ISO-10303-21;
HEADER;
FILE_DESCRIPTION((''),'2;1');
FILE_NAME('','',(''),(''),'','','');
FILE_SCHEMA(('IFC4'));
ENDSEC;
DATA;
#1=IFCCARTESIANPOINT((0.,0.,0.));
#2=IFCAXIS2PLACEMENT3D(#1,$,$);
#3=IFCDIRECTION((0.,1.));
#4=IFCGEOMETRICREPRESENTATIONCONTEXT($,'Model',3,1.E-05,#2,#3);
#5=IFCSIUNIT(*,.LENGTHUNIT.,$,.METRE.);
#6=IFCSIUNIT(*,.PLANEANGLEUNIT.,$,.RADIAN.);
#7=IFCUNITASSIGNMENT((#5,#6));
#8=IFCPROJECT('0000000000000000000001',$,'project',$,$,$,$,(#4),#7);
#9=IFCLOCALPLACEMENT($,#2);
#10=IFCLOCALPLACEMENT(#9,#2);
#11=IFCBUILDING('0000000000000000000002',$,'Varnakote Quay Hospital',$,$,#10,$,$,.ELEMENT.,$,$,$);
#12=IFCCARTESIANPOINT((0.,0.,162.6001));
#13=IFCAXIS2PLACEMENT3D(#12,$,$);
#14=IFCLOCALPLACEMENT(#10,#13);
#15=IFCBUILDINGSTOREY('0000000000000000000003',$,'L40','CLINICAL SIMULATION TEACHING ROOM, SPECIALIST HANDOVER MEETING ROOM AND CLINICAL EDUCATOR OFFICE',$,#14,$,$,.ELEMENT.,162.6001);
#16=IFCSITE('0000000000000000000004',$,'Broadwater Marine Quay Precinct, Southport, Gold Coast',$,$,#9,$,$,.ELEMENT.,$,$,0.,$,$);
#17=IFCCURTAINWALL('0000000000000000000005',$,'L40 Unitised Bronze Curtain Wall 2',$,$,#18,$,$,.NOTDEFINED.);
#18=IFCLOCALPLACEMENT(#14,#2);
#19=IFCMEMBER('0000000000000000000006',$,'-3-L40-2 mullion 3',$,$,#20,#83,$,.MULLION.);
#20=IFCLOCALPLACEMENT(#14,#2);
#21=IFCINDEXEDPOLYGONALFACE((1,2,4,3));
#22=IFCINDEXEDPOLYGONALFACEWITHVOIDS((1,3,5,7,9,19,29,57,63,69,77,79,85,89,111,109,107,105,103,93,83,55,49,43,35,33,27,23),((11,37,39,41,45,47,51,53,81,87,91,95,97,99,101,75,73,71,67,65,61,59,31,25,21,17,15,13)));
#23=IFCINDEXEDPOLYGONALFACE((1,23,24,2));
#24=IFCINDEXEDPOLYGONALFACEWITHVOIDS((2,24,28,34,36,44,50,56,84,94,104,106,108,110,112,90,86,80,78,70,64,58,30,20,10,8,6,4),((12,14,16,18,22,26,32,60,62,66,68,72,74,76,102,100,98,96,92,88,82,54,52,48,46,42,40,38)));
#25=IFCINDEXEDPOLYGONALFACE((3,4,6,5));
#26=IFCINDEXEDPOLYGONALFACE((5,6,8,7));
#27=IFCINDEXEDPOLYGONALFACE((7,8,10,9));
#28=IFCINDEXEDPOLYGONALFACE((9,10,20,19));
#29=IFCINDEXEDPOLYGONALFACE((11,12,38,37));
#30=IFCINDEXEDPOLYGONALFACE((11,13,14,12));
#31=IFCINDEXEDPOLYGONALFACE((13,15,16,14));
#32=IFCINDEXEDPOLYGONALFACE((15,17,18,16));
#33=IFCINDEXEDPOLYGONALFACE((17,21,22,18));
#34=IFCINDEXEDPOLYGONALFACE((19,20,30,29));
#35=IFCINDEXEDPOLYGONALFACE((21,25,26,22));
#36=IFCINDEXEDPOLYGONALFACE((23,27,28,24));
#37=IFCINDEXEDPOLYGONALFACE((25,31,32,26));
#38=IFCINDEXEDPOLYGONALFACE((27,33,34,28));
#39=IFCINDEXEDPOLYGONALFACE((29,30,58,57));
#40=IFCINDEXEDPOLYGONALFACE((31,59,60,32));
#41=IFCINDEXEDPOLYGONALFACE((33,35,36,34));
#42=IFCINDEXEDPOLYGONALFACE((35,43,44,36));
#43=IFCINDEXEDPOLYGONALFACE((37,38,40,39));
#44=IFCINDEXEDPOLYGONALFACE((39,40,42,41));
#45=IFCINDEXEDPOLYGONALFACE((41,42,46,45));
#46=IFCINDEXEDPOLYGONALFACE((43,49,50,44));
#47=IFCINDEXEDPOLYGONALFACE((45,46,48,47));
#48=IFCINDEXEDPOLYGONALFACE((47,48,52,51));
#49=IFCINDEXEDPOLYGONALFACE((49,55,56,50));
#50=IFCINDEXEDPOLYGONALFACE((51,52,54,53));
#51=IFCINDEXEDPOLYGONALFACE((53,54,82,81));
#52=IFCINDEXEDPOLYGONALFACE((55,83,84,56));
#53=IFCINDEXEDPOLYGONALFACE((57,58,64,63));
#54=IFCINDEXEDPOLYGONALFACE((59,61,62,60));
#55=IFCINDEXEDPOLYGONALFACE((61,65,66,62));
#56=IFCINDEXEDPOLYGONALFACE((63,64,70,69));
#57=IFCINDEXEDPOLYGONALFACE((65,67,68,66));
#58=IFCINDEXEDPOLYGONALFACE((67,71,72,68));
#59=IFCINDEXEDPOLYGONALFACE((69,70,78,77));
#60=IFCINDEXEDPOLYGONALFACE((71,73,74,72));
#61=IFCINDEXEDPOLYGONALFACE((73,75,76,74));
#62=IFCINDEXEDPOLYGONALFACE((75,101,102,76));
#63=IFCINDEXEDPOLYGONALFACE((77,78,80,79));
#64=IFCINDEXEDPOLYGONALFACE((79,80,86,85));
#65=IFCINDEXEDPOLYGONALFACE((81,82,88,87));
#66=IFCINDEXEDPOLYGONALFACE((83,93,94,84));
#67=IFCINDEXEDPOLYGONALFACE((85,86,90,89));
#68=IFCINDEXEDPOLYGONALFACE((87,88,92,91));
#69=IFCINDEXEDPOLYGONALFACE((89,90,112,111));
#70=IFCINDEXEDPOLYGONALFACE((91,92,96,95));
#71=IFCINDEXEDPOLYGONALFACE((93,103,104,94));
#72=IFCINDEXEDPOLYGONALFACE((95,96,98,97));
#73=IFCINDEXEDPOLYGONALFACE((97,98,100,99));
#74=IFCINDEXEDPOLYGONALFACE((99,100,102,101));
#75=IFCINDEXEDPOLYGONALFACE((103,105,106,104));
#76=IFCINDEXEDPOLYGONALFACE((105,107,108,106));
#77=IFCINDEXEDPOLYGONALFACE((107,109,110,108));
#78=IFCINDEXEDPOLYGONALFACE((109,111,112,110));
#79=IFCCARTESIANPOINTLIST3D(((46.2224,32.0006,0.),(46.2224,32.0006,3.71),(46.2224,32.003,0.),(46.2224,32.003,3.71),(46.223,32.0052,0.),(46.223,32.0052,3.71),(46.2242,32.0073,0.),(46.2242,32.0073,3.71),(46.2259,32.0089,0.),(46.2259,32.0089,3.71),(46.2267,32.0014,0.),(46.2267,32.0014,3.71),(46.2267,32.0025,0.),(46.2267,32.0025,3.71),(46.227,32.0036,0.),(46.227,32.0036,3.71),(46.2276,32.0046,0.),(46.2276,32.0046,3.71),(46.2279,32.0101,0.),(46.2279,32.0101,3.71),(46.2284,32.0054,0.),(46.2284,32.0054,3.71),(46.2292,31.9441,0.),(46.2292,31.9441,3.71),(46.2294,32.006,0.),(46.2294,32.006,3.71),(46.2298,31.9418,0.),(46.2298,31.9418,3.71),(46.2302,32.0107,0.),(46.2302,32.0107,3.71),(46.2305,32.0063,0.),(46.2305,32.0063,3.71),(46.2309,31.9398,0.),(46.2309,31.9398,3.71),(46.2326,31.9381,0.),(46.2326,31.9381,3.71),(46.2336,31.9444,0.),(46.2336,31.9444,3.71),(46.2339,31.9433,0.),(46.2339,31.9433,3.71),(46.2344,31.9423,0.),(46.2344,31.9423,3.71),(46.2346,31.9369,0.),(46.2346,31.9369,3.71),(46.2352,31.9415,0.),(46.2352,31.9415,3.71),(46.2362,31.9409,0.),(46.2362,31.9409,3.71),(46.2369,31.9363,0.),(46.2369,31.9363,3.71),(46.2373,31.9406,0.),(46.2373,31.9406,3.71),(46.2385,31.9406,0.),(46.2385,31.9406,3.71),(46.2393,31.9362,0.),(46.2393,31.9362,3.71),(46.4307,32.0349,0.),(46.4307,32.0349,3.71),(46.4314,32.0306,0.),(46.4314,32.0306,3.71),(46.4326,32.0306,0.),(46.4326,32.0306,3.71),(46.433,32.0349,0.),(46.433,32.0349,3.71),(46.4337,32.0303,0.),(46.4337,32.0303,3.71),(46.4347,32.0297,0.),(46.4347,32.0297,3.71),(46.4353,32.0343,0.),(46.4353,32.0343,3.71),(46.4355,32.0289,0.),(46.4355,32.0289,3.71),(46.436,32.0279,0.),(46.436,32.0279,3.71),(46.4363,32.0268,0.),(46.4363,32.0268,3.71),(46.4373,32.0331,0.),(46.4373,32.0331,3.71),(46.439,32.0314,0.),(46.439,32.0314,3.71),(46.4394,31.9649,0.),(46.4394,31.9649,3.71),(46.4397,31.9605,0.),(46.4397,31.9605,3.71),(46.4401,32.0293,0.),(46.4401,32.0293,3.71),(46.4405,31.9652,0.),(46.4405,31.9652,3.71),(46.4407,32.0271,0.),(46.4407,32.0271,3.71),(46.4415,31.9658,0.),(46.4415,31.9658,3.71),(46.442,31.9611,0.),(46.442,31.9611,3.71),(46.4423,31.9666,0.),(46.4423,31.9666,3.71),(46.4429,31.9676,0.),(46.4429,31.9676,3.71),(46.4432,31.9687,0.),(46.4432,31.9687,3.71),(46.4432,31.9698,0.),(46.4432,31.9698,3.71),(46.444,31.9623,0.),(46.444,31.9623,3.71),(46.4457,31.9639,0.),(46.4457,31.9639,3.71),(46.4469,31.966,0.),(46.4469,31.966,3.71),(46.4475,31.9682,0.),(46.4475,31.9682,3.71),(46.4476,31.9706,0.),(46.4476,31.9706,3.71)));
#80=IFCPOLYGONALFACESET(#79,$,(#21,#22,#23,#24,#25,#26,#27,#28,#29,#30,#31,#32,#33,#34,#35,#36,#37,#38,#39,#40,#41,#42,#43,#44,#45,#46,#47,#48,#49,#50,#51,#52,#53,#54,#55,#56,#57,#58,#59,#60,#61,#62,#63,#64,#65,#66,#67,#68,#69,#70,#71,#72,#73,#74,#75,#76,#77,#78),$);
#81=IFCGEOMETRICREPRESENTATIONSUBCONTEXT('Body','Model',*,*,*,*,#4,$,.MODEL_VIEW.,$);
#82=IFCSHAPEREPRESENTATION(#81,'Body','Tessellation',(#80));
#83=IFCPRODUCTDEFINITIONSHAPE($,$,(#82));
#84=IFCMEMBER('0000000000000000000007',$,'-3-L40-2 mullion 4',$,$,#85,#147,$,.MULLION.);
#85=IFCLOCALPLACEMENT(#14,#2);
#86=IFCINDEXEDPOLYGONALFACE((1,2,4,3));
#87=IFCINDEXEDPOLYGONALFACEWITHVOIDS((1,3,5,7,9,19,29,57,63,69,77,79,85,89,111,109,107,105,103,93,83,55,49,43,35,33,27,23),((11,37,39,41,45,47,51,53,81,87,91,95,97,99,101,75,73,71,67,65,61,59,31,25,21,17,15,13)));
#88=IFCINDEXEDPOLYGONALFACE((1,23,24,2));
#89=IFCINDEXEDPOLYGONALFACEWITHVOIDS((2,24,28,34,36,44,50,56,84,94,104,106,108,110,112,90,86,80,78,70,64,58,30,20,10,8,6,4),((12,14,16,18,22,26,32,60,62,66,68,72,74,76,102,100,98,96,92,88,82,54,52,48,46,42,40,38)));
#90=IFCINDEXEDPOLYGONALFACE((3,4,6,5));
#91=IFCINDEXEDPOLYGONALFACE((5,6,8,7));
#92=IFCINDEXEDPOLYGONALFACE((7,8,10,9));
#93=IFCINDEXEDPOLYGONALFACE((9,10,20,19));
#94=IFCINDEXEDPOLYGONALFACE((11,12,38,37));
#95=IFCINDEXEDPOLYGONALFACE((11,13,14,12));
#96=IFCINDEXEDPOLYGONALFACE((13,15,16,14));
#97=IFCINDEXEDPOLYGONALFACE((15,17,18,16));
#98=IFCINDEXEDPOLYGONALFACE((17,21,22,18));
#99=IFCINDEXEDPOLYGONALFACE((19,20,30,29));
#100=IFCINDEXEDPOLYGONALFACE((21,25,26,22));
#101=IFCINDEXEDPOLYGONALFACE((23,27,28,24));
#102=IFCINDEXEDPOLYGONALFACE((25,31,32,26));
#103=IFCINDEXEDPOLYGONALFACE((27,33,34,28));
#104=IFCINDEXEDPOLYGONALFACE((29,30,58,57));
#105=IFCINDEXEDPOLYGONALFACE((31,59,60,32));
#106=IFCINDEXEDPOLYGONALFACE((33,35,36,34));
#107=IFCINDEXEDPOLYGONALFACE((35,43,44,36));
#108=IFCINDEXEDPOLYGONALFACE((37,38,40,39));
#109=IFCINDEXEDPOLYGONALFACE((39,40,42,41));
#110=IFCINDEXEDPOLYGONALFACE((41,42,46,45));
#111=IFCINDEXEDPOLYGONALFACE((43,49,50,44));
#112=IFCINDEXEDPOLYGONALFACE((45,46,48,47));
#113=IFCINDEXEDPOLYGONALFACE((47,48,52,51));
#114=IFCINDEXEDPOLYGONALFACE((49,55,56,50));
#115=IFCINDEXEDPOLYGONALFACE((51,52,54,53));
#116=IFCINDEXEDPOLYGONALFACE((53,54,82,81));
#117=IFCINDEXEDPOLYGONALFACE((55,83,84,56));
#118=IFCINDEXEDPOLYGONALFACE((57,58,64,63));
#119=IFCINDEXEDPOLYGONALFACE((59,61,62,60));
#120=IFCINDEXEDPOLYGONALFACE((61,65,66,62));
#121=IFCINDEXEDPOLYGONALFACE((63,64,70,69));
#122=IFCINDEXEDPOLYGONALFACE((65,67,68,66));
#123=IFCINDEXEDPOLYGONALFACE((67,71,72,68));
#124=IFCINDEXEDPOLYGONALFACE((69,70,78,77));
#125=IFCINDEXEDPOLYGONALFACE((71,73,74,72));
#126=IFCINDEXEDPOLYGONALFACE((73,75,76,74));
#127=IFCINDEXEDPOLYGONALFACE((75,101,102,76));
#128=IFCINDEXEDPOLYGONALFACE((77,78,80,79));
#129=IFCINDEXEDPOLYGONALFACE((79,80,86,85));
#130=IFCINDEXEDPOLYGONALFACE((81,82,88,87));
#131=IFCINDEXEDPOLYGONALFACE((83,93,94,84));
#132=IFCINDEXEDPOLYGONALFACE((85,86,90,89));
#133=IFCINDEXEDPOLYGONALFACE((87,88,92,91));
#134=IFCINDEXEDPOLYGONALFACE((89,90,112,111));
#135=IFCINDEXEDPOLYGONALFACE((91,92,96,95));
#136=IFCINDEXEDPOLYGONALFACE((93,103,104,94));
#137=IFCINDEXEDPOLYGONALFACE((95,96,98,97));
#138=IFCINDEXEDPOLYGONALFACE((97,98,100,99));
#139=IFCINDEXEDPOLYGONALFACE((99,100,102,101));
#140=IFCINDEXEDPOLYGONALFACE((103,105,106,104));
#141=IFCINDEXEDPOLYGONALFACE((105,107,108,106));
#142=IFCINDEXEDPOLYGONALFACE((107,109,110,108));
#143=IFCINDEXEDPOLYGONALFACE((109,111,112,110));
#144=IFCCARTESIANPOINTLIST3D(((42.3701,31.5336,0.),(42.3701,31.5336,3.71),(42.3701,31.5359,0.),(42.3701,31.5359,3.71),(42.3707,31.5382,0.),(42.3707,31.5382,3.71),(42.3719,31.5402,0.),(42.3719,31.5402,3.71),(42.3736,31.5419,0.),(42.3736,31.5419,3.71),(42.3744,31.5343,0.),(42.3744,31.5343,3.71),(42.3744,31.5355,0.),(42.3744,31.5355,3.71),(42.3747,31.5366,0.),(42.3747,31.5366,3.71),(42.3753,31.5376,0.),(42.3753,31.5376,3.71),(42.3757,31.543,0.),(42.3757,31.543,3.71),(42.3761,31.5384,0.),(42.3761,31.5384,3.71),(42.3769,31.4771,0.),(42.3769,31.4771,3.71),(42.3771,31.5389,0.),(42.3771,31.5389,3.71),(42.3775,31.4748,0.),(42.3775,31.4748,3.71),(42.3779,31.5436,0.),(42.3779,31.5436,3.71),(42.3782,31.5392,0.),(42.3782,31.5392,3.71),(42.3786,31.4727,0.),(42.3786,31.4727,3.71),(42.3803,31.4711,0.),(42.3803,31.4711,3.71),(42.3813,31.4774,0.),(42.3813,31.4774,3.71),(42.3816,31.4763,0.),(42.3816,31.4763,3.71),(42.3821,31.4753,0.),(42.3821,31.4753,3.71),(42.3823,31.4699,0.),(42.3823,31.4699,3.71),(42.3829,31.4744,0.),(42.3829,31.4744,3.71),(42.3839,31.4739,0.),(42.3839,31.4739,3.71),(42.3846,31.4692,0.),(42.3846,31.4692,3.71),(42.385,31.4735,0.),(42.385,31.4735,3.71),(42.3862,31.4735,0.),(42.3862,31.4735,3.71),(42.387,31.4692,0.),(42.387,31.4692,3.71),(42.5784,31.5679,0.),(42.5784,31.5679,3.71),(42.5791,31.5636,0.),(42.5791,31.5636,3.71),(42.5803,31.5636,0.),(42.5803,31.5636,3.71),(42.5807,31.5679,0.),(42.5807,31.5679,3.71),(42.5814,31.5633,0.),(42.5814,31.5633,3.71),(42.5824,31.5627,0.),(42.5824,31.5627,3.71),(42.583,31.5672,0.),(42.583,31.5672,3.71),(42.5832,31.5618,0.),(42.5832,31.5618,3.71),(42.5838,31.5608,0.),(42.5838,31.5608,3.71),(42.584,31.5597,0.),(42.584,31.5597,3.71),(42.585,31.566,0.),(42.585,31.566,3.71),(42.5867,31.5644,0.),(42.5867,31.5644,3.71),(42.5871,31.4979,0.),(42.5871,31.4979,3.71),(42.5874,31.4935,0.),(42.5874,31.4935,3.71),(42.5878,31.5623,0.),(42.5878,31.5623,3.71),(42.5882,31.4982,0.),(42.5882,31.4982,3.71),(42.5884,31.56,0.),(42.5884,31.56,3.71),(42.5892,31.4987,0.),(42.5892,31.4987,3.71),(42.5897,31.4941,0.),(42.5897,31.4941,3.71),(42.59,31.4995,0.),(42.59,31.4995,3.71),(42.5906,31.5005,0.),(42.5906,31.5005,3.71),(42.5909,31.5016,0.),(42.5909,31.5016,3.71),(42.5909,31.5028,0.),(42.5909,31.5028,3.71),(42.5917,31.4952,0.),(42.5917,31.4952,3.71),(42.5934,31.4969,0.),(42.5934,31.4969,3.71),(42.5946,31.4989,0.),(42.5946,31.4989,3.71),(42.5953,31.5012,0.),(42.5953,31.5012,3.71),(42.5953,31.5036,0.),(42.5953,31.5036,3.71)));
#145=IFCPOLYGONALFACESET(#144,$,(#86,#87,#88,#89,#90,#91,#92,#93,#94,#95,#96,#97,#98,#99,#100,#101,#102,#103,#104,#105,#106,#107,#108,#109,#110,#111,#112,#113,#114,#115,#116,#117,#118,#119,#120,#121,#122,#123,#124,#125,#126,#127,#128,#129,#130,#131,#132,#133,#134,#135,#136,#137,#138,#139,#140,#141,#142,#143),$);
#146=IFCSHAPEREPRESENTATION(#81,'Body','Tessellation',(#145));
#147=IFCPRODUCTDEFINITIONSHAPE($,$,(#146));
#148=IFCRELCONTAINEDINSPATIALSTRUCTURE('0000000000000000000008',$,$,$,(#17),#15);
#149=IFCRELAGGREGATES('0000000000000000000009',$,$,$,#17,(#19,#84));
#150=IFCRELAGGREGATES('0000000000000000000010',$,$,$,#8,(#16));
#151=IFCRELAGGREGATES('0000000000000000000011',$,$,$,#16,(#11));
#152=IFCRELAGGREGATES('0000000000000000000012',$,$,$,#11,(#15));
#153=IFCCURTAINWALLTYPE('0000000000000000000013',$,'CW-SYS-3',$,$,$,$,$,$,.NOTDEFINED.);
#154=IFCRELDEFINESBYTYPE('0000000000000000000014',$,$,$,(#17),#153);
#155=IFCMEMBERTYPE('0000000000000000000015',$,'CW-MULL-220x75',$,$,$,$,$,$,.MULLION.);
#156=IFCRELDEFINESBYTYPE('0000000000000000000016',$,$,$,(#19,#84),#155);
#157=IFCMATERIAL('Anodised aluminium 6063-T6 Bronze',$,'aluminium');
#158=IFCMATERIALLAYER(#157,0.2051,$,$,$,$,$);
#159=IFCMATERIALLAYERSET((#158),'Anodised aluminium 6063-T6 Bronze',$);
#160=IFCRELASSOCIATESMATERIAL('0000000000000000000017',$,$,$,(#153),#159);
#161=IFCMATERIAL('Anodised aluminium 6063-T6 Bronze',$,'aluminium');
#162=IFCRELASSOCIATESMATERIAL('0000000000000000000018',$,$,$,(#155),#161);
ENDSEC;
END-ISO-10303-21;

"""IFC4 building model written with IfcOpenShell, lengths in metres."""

from ifc_helpers import new_model, si_unit, direction, frame, origin, origin_2d, place, context, subcontext, project, spatial, hollow_rectangle, extrude, material, layer, layer_set, material_profile, profile_set, type_object, element, aggregate, save


model = new_model("IFC4")

# Units and contexts
model_context = context("Model", 3, precision=1e-05, world=origin(), true_north=direction((0.0, 1.0)))
body_context = subcontext(model_context, "Body", "Model", "MODEL_VIEW")
ifc_project = project(units=[si_unit("LENGTHUNIT", "METRE"), si_unit("PLANEANGLEUNIT", "RADIAN")], contexts=[model_context])

# Site, building, storey
site_placement = place(None, origin())
site = spatial("IfcSite", under=ifc_project, at=site_placement, Name="Broadwater Marine Quay Precinct, Southport, Gold Coast", CompositionType="ELEMENT", RefElevation=0.0)
building_placement = place(site_placement, origin())
building = spatial("IfcBuilding", under=site, at=building_placement, Name="Varnakote Quay Hospital", CompositionType="ELEMENT")
storey_placement = place(building_placement, frame((0.0, 0.0, 162.6001)))
storey = spatial("IfcBuildingStorey", under=building, at=storey_placement, Name="L40", Description="CLINICAL SIMULATION TEACHING ROOM, SPECIALIST HANDOVER MEETING ROOM AND CLINICAL EDUCATOR OFFICE", CompositionType="ELEMENT", Elevation=162.6001)

# Curtain wall, members
ifc_material_1 = material(Name="Anodised aluminium 6063-T6 Bronze", Category="aluminium")
ifc_layer_1 = layer(ifc_material_1, 0.2051)
ifc_layer_set_1 = layer_set([ifc_layer_1], Name="Anodised aluminium 6063-T6 Bronze")
curtain_wall_type = type_object("IfcCurtainWallType", Name="CW-SYS-3", PredefinedType="NOTDEFINED", material=ifc_layer_set_1)
curtain_wall_placement = place(storey_placement, origin())
curtain_wall = element("IfcCurtainWall", 1, at=curtain_wall_placement, inside=storey, type_object=curtain_wall_type, Name="L40 Unitised Bronze Curtain Wall 2", PredefinedType="NOTDEFINED")
ifc_material_2 = material(Name="Anodised aluminium 6063-T6 Bronze", Category="aluminium")
ifc_material_profile_1 = material_profile(ifc_material_2, hollow_rectangle(XDim=0.075, YDim=0.22, WallThickness=0.0044, InnerFilletRadius=0.0044, OuterFilletRadius=0.009, at=origin_2d()), Name="CW-MULL-220x75")
ifc_profile_set_1 = profile_set([ifc_material_profile_1], Name="Anodised aluminium 6063-T6 Bronze")
member_type_1 = type_object("IfcMemberType", Name="CW-MULL-220x75", PredefinedType="MULLION", material=ifc_profile_set_1)
member_1_placement = place(storey_placement, frame((46.335, 31.9856, 0.0), z_axis=(0.0, 0.0, 1.0), x_axis=(0.120327, -0.992734, 0.0)))
member_1 = element("IfcMember", 2, at=member_1_placement, type_object=member_type_1, Name="-3-L40-2 mullion 3", PredefinedType="MULLION", context=body_context, shape_type="SweptSolid", body=[
    extrude(hollow_rectangle(XDim=0.075, YDim=0.22, WallThickness=0.0044, InnerFilletRadius=0.0044, OuterFilletRadius=0.009, at=origin_2d()), origin(), (0.0, 0.0, 1.0), 3.71),
])
member_2_placement = place(storey_placement, frame((42.4827, 31.5186, 0.0), z_axis=(0.0, 0.0, 1.0), x_axis=(0.120327, -0.992734, 0.0)))
member_2 = element("IfcMember", 3, at=member_2_placement, type_object=member_type_1, Name="-3-L40-2 mullion 4", PredefinedType="MULLION", context=body_context, shape_type="SweptSolid", body=[
    extrude(hollow_rectangle(XDim=0.075, YDim=0.22, WallThickness=0.0044, InnerFilletRadius=0.0044, OuterFilletRadius=0.009, at=origin_2d()), origin(), (0.0, 0.0, 1.0), 3.71),
])

aggregate(curtain_wall, [member_1, member_2])

save(model, "model.ifc")
